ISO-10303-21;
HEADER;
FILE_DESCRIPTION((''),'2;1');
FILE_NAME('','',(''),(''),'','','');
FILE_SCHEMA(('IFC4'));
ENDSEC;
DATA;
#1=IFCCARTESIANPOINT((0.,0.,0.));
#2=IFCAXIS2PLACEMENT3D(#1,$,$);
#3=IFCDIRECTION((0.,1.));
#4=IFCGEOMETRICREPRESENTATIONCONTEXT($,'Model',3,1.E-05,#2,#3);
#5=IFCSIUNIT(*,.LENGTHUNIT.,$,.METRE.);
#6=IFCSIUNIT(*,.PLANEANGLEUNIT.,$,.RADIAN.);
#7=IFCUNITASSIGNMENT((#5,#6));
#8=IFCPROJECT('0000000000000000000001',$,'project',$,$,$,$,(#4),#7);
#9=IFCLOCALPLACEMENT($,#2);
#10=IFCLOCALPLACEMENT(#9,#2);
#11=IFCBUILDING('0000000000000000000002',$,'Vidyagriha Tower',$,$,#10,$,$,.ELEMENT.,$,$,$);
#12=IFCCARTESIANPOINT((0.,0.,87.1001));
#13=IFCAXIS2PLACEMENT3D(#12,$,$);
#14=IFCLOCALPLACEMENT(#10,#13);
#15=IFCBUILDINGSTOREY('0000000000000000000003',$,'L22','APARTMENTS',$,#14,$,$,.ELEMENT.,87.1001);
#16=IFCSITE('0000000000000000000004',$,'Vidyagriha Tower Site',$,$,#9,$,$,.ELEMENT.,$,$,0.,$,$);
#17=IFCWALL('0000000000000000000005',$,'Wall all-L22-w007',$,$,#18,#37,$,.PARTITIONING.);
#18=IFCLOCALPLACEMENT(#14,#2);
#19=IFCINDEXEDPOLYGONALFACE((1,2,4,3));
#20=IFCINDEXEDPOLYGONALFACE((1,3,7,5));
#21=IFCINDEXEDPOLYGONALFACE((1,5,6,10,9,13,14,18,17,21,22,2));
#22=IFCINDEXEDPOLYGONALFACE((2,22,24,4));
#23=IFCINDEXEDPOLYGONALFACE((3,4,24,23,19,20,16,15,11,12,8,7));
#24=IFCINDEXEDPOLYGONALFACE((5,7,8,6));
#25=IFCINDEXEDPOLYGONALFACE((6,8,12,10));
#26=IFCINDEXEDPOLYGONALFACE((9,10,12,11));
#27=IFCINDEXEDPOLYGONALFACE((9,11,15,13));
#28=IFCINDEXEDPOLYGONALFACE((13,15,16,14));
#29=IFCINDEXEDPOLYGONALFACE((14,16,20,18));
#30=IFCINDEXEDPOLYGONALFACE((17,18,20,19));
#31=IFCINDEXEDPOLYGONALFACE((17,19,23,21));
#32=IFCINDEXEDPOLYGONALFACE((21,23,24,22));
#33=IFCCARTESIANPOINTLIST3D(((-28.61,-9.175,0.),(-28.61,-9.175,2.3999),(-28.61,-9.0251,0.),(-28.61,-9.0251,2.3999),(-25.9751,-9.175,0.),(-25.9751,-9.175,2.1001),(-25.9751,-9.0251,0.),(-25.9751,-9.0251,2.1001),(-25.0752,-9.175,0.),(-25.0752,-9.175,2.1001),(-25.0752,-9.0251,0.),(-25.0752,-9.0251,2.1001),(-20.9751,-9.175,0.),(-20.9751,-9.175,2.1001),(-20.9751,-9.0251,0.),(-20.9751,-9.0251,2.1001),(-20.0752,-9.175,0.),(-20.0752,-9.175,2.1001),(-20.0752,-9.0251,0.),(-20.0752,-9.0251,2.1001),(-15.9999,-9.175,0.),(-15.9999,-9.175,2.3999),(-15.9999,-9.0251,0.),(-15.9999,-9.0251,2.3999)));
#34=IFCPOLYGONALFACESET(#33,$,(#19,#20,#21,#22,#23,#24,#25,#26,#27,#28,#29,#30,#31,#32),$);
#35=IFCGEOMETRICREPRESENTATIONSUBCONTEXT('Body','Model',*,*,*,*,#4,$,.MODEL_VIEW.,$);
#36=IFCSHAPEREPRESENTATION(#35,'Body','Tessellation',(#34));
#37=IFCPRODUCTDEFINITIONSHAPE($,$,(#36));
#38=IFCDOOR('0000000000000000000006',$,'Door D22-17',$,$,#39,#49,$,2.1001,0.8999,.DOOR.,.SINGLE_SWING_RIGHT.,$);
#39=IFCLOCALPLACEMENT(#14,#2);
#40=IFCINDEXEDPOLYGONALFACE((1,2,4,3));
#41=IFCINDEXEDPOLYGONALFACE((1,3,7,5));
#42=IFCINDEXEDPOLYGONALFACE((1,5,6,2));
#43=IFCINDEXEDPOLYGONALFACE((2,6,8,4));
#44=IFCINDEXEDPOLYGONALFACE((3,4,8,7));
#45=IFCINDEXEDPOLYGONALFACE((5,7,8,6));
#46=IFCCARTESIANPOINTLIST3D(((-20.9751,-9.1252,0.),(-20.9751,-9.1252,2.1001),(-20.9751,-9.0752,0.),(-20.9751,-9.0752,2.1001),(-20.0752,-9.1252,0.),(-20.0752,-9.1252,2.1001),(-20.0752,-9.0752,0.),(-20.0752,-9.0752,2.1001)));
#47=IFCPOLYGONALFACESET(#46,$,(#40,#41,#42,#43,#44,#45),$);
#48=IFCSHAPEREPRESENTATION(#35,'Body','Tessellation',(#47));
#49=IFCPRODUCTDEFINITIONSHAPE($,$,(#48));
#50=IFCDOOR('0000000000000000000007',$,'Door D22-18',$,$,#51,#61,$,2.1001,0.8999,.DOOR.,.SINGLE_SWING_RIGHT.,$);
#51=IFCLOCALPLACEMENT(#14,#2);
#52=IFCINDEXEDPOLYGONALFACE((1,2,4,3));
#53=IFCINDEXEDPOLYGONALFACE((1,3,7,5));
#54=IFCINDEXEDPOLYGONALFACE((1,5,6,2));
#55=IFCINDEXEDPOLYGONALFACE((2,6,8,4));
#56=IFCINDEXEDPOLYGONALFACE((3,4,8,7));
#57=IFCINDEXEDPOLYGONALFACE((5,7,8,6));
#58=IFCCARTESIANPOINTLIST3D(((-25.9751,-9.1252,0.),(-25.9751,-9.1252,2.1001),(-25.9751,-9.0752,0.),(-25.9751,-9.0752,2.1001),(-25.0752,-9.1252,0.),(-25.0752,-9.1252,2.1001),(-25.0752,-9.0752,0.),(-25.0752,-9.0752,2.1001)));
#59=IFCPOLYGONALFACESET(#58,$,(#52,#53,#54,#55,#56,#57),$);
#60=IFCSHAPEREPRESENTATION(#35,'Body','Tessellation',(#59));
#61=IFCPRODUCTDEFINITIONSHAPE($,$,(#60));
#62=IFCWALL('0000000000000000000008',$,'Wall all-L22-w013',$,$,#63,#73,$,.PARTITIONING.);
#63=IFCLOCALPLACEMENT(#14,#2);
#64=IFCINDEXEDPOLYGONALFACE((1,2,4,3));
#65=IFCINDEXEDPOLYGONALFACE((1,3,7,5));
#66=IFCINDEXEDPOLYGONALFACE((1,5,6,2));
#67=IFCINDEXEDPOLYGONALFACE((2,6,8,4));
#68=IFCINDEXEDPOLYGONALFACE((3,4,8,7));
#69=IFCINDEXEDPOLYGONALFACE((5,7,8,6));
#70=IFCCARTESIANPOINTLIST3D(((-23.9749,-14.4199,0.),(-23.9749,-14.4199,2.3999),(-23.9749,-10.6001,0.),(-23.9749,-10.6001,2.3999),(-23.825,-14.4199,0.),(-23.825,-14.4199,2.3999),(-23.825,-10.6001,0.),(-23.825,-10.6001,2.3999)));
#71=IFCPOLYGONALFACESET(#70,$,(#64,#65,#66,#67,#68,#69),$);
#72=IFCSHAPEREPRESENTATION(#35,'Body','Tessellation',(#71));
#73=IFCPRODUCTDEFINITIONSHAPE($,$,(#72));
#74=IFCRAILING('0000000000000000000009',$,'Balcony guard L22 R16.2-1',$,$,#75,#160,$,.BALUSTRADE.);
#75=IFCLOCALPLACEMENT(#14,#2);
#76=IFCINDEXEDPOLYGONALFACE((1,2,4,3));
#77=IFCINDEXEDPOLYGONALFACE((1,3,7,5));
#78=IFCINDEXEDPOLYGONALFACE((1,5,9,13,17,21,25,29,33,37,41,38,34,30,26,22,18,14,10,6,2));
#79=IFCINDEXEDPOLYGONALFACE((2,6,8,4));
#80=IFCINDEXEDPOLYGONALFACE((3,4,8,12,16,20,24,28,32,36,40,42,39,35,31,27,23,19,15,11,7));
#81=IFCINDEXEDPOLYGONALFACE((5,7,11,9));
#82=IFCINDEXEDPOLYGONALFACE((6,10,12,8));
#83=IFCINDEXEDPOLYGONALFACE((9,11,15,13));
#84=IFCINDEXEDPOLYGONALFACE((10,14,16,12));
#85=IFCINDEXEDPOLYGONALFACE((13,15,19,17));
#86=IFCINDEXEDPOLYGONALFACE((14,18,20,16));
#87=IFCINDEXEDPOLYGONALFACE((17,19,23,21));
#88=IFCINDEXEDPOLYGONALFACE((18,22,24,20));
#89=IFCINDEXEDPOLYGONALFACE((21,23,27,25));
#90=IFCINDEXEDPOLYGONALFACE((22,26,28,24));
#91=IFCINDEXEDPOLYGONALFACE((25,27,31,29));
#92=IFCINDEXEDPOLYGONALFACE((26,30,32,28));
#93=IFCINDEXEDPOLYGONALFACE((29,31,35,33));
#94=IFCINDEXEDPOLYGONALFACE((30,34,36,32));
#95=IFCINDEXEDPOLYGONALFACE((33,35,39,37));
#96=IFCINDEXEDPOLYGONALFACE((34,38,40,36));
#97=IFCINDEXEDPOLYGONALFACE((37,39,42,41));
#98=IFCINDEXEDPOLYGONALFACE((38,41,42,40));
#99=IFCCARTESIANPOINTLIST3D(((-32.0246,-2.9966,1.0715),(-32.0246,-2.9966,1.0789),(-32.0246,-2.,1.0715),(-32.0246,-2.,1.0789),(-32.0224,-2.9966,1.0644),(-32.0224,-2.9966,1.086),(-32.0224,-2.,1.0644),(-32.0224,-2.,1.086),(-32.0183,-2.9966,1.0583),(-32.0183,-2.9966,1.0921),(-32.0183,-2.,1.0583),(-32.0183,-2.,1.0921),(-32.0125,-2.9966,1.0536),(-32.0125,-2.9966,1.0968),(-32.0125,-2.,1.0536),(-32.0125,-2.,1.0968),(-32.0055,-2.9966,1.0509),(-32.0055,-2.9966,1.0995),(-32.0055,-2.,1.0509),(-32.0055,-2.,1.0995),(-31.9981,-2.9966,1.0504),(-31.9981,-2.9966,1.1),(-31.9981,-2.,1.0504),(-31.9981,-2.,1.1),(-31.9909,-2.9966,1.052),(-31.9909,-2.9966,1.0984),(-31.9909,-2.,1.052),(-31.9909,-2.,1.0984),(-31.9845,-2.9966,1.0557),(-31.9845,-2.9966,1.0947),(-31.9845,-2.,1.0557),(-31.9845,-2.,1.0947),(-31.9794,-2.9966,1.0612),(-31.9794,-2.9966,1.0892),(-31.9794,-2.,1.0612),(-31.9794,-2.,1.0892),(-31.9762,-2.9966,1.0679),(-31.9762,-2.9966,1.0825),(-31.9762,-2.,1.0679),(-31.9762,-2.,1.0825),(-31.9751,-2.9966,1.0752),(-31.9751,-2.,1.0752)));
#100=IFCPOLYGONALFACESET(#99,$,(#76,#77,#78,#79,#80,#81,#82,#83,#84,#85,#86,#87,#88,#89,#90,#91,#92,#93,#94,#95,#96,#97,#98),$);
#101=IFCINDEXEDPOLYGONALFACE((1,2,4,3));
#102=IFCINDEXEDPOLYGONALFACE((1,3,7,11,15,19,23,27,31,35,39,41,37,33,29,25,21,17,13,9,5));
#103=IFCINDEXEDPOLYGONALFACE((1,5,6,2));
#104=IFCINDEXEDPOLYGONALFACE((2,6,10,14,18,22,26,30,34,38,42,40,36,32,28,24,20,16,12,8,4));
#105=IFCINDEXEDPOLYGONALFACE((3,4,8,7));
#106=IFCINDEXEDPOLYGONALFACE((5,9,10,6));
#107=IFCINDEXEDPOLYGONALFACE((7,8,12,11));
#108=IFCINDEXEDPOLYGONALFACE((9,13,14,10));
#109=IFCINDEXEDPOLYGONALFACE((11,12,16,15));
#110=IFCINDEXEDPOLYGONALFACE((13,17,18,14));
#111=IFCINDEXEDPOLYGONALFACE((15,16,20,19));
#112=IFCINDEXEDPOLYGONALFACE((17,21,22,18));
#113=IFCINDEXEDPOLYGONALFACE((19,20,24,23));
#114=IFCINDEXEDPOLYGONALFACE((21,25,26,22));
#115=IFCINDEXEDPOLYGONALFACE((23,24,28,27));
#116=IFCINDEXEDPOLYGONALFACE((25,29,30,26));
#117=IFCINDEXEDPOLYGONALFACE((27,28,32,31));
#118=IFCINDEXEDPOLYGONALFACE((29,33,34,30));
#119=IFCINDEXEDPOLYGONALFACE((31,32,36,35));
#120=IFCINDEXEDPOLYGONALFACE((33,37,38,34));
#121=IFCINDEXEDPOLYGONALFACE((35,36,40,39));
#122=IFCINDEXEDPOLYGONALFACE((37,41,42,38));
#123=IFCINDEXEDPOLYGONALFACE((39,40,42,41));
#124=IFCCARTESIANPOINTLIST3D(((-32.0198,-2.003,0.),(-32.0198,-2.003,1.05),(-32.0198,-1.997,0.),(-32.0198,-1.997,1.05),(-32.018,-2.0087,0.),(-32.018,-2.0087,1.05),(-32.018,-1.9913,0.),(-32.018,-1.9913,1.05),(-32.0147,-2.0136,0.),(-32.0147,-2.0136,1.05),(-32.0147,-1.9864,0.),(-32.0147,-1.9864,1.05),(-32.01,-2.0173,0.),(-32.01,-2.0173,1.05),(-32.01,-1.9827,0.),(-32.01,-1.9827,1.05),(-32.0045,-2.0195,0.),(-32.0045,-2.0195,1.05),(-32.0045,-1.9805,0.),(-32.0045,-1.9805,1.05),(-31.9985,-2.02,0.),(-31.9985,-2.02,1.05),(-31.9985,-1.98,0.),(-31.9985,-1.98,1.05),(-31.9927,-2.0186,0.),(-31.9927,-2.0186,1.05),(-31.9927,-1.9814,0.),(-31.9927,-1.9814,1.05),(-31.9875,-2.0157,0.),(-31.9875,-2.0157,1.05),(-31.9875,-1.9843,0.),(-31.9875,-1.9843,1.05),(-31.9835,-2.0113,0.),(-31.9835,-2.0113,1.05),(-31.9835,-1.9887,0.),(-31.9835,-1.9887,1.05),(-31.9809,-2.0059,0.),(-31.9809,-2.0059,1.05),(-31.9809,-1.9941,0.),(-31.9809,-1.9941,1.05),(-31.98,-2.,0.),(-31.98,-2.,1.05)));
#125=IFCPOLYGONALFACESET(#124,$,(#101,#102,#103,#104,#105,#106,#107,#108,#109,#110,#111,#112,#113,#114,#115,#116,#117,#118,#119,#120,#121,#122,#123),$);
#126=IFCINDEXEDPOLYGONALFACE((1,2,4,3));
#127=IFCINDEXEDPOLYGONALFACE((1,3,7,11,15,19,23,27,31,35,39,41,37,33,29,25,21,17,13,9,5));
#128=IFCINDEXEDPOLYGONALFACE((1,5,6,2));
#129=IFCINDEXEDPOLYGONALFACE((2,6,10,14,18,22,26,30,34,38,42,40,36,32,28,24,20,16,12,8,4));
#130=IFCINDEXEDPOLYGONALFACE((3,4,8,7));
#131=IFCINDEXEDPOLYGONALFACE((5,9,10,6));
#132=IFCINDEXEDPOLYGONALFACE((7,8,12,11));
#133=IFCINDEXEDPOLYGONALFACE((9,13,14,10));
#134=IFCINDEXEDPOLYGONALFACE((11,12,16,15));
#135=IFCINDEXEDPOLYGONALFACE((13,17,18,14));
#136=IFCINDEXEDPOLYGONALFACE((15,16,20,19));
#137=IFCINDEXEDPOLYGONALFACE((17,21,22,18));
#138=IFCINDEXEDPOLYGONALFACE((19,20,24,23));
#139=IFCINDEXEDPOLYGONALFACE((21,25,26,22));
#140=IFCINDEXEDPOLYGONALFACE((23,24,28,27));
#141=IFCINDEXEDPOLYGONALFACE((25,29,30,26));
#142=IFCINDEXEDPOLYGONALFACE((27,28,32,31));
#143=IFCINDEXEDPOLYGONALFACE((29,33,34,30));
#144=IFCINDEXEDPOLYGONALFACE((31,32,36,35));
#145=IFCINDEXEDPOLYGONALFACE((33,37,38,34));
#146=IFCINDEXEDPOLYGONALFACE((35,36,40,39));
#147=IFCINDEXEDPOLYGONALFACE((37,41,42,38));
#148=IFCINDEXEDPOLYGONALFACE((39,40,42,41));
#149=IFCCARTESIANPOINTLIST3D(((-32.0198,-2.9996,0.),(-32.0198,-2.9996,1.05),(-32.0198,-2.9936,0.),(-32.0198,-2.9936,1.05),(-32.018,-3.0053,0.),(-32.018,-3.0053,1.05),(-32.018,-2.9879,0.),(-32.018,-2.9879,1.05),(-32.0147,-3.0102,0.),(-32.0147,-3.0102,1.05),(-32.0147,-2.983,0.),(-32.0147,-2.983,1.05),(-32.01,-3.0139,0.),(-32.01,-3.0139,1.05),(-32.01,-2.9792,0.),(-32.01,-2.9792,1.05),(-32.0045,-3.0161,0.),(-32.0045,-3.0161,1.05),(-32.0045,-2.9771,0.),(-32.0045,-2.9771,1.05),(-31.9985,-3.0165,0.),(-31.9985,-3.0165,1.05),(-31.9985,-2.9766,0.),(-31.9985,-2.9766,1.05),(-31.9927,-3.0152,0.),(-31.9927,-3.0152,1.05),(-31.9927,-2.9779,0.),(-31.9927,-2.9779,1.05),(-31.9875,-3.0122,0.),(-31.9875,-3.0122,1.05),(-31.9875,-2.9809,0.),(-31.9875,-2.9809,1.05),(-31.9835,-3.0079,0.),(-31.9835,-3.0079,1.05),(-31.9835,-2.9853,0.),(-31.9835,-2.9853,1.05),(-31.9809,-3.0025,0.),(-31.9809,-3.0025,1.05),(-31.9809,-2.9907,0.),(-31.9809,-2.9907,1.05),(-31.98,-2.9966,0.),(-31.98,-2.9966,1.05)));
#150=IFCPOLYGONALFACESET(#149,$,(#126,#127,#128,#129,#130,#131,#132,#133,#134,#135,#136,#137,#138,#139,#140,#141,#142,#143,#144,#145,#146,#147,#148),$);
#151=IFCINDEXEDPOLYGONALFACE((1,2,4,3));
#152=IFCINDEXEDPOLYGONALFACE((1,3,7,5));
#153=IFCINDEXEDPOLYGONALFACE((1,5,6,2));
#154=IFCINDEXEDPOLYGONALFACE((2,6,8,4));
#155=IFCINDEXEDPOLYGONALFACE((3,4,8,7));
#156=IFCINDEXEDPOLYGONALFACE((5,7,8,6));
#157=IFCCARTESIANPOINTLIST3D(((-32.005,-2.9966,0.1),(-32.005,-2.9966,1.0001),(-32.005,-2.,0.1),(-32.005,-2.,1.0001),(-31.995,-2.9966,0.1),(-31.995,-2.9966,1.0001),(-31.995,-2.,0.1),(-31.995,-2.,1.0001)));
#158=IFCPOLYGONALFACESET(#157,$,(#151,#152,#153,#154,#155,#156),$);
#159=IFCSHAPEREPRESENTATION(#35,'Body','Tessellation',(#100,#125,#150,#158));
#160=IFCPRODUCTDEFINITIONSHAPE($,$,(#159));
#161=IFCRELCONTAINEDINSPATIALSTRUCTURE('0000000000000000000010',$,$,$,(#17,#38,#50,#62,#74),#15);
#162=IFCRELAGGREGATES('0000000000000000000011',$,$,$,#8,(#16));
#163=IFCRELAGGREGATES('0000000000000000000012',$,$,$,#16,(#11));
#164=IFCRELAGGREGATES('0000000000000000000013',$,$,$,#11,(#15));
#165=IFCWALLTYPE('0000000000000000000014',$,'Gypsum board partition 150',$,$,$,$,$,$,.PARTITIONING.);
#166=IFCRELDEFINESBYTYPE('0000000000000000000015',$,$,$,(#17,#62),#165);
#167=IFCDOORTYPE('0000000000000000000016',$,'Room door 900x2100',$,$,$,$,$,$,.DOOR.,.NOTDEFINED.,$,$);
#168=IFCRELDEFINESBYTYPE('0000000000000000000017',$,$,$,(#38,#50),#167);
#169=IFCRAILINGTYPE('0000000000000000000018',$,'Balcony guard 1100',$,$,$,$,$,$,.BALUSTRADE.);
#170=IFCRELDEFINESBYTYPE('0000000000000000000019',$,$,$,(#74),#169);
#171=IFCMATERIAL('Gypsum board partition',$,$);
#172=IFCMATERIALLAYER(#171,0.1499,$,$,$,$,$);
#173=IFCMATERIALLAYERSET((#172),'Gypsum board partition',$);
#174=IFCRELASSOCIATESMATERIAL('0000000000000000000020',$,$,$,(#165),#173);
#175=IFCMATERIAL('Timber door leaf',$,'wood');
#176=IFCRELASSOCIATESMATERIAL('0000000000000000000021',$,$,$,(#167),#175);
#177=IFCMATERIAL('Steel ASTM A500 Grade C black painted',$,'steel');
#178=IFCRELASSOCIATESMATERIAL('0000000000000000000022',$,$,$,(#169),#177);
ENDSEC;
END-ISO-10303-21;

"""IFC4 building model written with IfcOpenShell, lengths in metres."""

from ifc_helpers import new_model, si_unit, direction, frame, frame_2d, origin, origin_2d, place, context, subcontext, project, spatial, rectangle, circle, extrude, material, layer, layer_set, type_object, element, fill, save


model = new_model("IFC4")

# Units and contexts
model_context = context("Model", 3, precision=1e-05, world=origin(), true_north=direction((0.0, 1.0)))
body_context = subcontext(model_context, "Body", "Model", "MODEL_VIEW")
ifc_project = project(units=[si_unit("LENGTHUNIT", "METRE"), si_unit("PLANEANGLEUNIT", "RADIAN")], contexts=[model_context])

# Site, building, storey
site_placement = place(None, origin())
site = spatial("IfcSite", under=ifc_project, at=site_placement, Name="Vidyagriha Tower Site", CompositionType="ELEMENT", RefElevation=0.0)
building_placement = place(site_placement, origin())
building = spatial("IfcBuilding", under=site, at=building_placement, Name="Vidyagriha Tower", CompositionType="ELEMENT")
storey_placement = place(building_placement, frame((0.0, 0.0, 87.1001)))
storey = spatial("IfcBuildingStorey", under=building, at=storey_placement, Name="L22", Description="APARTMENTS", CompositionType="ELEMENT", Elevation=87.1001)

# Shared definitions
ifc_material_1 = material(Name="Gypsum board partition")
ifc_layer_1 = layer(ifc_material_1, 0.1499)
ifc_layer_set_1 = layer_set([ifc_layer_1], Name="Gypsum board partition")
wall_type_1 = type_object("IfcWallType", Name="Gypsum board partition 150", PredefinedType="PARTITIONING", material=ifc_layer_set_1)

# Wall, openings, doors
wall_1_placement = place(storey_placement, frame((-28.6101, -9.1001, 0.0)))
wall_1 = element("IfcWall", 1, at=wall_1_placement, inside=storey, type_object=wall_type_1, Name="Wall all-L22-w007", PredefinedType="PARTITIONING", context=body_context, shape_type="SweptSolid", body=[
    extrude(rectangle(XDim=12.6101, YDim=0.1499, at=frame_2d((6.3052, 0.0))), origin(), (0.0, 0.0, 1.0), 2.3999),
])
opening_1_placement = place(wall_1_placement, frame((7.635, 0.0, 0.0)))
opening_1 = element("IfcOpeningElement", 2, at=opening_1_placement, cuts=wall_1, PredefinedType="OPENING", context=body_context, shape_type="SweptSolid", body=[
    extrude(rectangle(XDim=0.8999, YDim=2.1001, at=frame_2d((0.45, 1.05))), frame((0.0, 0.085, 0.0), z_axis=(0.0, -1.0, 0.0), x_axis=(1.0, 0.0, 0.0)), (0.0, 0.0, 1.0), 0.1699),
])
opening_2_placement = place(wall_1_placement, frame((2.635, 0.0, 0.0)))
opening_2 = element("IfcOpeningElement", 3, at=opening_2_placement, cuts=wall_1, PredefinedType="OPENING", context=body_context, shape_type="SweptSolid", body=[
    extrude(rectangle(XDim=0.8999, YDim=2.1001, at=frame_2d((0.45, 1.05))), frame((0.0, 0.085, 0.0), z_axis=(0.0, -1.0, 0.0), x_axis=(1.0, 0.0, 0.0)), (0.0, 0.0, 1.0), 0.1699),
])
ifc_material_2 = material(Name="Timber door leaf", Category="wood")
door_type_1 = type_object("IfcDoorType", Name="Room door 900x2100", OperationType="NOTDEFINED", PredefinedType="DOOR", material=ifc_material_2)
door_1_placement = place(opening_1_placement, origin())
door_1 = element("IfcDoor", 4, at=door_1_placement, inside=storey, type_object=door_type_1, Name="Door D22-17", OperationType="SINGLE_SWING_RIGHT", OverallHeight=2.1001, OverallWidth=0.8999, PredefinedType="DOOR", context=body_context, shape_type="SweptSolid", body=[
    extrude(rectangle(XDim=0.8999, YDim=2.1001, at=frame_2d((0.45, 1.05))), frame((0.0, 0.0249, 0.0), z_axis=(0.0, -1.0, 0.0), x_axis=(1.0, 0.0, 0.0)), (0.0, 0.0, 1.0), 0.05),
])
fill(opening_1, door_1)
door_2_placement = place(opening_2_placement, origin())
door_2 = element("IfcDoor", 5, at=door_2_placement, inside=storey, type_object=door_type_1, Name="Door D22-18", OperationType="SINGLE_SWING_RIGHT", OverallHeight=2.1001, OverallWidth=0.8999, PredefinedType="DOOR", context=body_context, shape_type="SweptSolid", body=[
    extrude(rectangle(XDim=0.8999, YDim=2.1001, at=frame_2d((0.45, 1.05))), frame((0.0, 0.0249, 0.0), z_axis=(0.0, -1.0, 0.0), x_axis=(1.0, 0.0, 0.0)), (0.0, 0.0, 1.0), 0.05),
])
fill(opening_2, door_2)

# Wall
wall_2_placement = place(storey_placement, frame((-23.8999, -10.6001, 0.0), z_axis=(0.0, 0.0, 1.0), x_axis=(0.0, -1.0, 0.0)))
element("IfcWall", 6, at=wall_2_placement, inside=storey, type_object=wall_type_1, Name="Wall all-L22-w013", PredefinedType="PARTITIONING", context=body_context, shape_type="SweptSolid", body=[
    extrude(rectangle(XDim=3.8198, YDim=0.1499, at=frame_2d((1.9099, 0.0))), origin(), (0.0, 0.0, 1.0), 2.3999),
])

# Railing
ifc_material_3 = material(Name="Steel ASTM A500 Grade C black painted", Category="steel")
railing_type_1 = type_object("IfcRailingType", Name="Balcony guard 1100", PredefinedType="BALUSTRADE", material=ifc_material_3)
railing_1_placement = place(storey_placement, frame((-32.0, -2.0, 0.0)))
element("IfcRailing", 7, at=railing_1_placement, inside=storey, type_object=railing_type_1, Name="Balcony guard L22 R16.2-1", PredefinedType="BALUSTRADE", context=body_context, shape_type="SweptSolid", body=[
    extrude(circle(Radius=0.0249, at=origin_2d()), frame((0.0, 0.0, 1.0752), z_axis=(0.0, -1.0, 0.0), x_axis=(1.0, 0.0, 0.0)), (0.0, 0.0, 1.0), 0.9966),
    extrude(circle(Radius=0.02, at=origin_2d()), origin(), (0.0, 0.0, 1.0), 1.05),
    extrude(circle(Radius=0.02, at=origin_2d()), frame((0.0, -0.9966, 0.0)), (0.0, 0.0, 1.0), 1.05),
    extrude(rectangle(XDim=0.01, YDim=0.9001, at=origin_2d()), frame((0.0, 0.0, 0.55), z_axis=(0.0, -1.0, 0.0), x_axis=(1.0, 0.0, 0.0)), (0.0, 0.0, 1.0), 0.9966),
])

save(model, "model.ifc")
